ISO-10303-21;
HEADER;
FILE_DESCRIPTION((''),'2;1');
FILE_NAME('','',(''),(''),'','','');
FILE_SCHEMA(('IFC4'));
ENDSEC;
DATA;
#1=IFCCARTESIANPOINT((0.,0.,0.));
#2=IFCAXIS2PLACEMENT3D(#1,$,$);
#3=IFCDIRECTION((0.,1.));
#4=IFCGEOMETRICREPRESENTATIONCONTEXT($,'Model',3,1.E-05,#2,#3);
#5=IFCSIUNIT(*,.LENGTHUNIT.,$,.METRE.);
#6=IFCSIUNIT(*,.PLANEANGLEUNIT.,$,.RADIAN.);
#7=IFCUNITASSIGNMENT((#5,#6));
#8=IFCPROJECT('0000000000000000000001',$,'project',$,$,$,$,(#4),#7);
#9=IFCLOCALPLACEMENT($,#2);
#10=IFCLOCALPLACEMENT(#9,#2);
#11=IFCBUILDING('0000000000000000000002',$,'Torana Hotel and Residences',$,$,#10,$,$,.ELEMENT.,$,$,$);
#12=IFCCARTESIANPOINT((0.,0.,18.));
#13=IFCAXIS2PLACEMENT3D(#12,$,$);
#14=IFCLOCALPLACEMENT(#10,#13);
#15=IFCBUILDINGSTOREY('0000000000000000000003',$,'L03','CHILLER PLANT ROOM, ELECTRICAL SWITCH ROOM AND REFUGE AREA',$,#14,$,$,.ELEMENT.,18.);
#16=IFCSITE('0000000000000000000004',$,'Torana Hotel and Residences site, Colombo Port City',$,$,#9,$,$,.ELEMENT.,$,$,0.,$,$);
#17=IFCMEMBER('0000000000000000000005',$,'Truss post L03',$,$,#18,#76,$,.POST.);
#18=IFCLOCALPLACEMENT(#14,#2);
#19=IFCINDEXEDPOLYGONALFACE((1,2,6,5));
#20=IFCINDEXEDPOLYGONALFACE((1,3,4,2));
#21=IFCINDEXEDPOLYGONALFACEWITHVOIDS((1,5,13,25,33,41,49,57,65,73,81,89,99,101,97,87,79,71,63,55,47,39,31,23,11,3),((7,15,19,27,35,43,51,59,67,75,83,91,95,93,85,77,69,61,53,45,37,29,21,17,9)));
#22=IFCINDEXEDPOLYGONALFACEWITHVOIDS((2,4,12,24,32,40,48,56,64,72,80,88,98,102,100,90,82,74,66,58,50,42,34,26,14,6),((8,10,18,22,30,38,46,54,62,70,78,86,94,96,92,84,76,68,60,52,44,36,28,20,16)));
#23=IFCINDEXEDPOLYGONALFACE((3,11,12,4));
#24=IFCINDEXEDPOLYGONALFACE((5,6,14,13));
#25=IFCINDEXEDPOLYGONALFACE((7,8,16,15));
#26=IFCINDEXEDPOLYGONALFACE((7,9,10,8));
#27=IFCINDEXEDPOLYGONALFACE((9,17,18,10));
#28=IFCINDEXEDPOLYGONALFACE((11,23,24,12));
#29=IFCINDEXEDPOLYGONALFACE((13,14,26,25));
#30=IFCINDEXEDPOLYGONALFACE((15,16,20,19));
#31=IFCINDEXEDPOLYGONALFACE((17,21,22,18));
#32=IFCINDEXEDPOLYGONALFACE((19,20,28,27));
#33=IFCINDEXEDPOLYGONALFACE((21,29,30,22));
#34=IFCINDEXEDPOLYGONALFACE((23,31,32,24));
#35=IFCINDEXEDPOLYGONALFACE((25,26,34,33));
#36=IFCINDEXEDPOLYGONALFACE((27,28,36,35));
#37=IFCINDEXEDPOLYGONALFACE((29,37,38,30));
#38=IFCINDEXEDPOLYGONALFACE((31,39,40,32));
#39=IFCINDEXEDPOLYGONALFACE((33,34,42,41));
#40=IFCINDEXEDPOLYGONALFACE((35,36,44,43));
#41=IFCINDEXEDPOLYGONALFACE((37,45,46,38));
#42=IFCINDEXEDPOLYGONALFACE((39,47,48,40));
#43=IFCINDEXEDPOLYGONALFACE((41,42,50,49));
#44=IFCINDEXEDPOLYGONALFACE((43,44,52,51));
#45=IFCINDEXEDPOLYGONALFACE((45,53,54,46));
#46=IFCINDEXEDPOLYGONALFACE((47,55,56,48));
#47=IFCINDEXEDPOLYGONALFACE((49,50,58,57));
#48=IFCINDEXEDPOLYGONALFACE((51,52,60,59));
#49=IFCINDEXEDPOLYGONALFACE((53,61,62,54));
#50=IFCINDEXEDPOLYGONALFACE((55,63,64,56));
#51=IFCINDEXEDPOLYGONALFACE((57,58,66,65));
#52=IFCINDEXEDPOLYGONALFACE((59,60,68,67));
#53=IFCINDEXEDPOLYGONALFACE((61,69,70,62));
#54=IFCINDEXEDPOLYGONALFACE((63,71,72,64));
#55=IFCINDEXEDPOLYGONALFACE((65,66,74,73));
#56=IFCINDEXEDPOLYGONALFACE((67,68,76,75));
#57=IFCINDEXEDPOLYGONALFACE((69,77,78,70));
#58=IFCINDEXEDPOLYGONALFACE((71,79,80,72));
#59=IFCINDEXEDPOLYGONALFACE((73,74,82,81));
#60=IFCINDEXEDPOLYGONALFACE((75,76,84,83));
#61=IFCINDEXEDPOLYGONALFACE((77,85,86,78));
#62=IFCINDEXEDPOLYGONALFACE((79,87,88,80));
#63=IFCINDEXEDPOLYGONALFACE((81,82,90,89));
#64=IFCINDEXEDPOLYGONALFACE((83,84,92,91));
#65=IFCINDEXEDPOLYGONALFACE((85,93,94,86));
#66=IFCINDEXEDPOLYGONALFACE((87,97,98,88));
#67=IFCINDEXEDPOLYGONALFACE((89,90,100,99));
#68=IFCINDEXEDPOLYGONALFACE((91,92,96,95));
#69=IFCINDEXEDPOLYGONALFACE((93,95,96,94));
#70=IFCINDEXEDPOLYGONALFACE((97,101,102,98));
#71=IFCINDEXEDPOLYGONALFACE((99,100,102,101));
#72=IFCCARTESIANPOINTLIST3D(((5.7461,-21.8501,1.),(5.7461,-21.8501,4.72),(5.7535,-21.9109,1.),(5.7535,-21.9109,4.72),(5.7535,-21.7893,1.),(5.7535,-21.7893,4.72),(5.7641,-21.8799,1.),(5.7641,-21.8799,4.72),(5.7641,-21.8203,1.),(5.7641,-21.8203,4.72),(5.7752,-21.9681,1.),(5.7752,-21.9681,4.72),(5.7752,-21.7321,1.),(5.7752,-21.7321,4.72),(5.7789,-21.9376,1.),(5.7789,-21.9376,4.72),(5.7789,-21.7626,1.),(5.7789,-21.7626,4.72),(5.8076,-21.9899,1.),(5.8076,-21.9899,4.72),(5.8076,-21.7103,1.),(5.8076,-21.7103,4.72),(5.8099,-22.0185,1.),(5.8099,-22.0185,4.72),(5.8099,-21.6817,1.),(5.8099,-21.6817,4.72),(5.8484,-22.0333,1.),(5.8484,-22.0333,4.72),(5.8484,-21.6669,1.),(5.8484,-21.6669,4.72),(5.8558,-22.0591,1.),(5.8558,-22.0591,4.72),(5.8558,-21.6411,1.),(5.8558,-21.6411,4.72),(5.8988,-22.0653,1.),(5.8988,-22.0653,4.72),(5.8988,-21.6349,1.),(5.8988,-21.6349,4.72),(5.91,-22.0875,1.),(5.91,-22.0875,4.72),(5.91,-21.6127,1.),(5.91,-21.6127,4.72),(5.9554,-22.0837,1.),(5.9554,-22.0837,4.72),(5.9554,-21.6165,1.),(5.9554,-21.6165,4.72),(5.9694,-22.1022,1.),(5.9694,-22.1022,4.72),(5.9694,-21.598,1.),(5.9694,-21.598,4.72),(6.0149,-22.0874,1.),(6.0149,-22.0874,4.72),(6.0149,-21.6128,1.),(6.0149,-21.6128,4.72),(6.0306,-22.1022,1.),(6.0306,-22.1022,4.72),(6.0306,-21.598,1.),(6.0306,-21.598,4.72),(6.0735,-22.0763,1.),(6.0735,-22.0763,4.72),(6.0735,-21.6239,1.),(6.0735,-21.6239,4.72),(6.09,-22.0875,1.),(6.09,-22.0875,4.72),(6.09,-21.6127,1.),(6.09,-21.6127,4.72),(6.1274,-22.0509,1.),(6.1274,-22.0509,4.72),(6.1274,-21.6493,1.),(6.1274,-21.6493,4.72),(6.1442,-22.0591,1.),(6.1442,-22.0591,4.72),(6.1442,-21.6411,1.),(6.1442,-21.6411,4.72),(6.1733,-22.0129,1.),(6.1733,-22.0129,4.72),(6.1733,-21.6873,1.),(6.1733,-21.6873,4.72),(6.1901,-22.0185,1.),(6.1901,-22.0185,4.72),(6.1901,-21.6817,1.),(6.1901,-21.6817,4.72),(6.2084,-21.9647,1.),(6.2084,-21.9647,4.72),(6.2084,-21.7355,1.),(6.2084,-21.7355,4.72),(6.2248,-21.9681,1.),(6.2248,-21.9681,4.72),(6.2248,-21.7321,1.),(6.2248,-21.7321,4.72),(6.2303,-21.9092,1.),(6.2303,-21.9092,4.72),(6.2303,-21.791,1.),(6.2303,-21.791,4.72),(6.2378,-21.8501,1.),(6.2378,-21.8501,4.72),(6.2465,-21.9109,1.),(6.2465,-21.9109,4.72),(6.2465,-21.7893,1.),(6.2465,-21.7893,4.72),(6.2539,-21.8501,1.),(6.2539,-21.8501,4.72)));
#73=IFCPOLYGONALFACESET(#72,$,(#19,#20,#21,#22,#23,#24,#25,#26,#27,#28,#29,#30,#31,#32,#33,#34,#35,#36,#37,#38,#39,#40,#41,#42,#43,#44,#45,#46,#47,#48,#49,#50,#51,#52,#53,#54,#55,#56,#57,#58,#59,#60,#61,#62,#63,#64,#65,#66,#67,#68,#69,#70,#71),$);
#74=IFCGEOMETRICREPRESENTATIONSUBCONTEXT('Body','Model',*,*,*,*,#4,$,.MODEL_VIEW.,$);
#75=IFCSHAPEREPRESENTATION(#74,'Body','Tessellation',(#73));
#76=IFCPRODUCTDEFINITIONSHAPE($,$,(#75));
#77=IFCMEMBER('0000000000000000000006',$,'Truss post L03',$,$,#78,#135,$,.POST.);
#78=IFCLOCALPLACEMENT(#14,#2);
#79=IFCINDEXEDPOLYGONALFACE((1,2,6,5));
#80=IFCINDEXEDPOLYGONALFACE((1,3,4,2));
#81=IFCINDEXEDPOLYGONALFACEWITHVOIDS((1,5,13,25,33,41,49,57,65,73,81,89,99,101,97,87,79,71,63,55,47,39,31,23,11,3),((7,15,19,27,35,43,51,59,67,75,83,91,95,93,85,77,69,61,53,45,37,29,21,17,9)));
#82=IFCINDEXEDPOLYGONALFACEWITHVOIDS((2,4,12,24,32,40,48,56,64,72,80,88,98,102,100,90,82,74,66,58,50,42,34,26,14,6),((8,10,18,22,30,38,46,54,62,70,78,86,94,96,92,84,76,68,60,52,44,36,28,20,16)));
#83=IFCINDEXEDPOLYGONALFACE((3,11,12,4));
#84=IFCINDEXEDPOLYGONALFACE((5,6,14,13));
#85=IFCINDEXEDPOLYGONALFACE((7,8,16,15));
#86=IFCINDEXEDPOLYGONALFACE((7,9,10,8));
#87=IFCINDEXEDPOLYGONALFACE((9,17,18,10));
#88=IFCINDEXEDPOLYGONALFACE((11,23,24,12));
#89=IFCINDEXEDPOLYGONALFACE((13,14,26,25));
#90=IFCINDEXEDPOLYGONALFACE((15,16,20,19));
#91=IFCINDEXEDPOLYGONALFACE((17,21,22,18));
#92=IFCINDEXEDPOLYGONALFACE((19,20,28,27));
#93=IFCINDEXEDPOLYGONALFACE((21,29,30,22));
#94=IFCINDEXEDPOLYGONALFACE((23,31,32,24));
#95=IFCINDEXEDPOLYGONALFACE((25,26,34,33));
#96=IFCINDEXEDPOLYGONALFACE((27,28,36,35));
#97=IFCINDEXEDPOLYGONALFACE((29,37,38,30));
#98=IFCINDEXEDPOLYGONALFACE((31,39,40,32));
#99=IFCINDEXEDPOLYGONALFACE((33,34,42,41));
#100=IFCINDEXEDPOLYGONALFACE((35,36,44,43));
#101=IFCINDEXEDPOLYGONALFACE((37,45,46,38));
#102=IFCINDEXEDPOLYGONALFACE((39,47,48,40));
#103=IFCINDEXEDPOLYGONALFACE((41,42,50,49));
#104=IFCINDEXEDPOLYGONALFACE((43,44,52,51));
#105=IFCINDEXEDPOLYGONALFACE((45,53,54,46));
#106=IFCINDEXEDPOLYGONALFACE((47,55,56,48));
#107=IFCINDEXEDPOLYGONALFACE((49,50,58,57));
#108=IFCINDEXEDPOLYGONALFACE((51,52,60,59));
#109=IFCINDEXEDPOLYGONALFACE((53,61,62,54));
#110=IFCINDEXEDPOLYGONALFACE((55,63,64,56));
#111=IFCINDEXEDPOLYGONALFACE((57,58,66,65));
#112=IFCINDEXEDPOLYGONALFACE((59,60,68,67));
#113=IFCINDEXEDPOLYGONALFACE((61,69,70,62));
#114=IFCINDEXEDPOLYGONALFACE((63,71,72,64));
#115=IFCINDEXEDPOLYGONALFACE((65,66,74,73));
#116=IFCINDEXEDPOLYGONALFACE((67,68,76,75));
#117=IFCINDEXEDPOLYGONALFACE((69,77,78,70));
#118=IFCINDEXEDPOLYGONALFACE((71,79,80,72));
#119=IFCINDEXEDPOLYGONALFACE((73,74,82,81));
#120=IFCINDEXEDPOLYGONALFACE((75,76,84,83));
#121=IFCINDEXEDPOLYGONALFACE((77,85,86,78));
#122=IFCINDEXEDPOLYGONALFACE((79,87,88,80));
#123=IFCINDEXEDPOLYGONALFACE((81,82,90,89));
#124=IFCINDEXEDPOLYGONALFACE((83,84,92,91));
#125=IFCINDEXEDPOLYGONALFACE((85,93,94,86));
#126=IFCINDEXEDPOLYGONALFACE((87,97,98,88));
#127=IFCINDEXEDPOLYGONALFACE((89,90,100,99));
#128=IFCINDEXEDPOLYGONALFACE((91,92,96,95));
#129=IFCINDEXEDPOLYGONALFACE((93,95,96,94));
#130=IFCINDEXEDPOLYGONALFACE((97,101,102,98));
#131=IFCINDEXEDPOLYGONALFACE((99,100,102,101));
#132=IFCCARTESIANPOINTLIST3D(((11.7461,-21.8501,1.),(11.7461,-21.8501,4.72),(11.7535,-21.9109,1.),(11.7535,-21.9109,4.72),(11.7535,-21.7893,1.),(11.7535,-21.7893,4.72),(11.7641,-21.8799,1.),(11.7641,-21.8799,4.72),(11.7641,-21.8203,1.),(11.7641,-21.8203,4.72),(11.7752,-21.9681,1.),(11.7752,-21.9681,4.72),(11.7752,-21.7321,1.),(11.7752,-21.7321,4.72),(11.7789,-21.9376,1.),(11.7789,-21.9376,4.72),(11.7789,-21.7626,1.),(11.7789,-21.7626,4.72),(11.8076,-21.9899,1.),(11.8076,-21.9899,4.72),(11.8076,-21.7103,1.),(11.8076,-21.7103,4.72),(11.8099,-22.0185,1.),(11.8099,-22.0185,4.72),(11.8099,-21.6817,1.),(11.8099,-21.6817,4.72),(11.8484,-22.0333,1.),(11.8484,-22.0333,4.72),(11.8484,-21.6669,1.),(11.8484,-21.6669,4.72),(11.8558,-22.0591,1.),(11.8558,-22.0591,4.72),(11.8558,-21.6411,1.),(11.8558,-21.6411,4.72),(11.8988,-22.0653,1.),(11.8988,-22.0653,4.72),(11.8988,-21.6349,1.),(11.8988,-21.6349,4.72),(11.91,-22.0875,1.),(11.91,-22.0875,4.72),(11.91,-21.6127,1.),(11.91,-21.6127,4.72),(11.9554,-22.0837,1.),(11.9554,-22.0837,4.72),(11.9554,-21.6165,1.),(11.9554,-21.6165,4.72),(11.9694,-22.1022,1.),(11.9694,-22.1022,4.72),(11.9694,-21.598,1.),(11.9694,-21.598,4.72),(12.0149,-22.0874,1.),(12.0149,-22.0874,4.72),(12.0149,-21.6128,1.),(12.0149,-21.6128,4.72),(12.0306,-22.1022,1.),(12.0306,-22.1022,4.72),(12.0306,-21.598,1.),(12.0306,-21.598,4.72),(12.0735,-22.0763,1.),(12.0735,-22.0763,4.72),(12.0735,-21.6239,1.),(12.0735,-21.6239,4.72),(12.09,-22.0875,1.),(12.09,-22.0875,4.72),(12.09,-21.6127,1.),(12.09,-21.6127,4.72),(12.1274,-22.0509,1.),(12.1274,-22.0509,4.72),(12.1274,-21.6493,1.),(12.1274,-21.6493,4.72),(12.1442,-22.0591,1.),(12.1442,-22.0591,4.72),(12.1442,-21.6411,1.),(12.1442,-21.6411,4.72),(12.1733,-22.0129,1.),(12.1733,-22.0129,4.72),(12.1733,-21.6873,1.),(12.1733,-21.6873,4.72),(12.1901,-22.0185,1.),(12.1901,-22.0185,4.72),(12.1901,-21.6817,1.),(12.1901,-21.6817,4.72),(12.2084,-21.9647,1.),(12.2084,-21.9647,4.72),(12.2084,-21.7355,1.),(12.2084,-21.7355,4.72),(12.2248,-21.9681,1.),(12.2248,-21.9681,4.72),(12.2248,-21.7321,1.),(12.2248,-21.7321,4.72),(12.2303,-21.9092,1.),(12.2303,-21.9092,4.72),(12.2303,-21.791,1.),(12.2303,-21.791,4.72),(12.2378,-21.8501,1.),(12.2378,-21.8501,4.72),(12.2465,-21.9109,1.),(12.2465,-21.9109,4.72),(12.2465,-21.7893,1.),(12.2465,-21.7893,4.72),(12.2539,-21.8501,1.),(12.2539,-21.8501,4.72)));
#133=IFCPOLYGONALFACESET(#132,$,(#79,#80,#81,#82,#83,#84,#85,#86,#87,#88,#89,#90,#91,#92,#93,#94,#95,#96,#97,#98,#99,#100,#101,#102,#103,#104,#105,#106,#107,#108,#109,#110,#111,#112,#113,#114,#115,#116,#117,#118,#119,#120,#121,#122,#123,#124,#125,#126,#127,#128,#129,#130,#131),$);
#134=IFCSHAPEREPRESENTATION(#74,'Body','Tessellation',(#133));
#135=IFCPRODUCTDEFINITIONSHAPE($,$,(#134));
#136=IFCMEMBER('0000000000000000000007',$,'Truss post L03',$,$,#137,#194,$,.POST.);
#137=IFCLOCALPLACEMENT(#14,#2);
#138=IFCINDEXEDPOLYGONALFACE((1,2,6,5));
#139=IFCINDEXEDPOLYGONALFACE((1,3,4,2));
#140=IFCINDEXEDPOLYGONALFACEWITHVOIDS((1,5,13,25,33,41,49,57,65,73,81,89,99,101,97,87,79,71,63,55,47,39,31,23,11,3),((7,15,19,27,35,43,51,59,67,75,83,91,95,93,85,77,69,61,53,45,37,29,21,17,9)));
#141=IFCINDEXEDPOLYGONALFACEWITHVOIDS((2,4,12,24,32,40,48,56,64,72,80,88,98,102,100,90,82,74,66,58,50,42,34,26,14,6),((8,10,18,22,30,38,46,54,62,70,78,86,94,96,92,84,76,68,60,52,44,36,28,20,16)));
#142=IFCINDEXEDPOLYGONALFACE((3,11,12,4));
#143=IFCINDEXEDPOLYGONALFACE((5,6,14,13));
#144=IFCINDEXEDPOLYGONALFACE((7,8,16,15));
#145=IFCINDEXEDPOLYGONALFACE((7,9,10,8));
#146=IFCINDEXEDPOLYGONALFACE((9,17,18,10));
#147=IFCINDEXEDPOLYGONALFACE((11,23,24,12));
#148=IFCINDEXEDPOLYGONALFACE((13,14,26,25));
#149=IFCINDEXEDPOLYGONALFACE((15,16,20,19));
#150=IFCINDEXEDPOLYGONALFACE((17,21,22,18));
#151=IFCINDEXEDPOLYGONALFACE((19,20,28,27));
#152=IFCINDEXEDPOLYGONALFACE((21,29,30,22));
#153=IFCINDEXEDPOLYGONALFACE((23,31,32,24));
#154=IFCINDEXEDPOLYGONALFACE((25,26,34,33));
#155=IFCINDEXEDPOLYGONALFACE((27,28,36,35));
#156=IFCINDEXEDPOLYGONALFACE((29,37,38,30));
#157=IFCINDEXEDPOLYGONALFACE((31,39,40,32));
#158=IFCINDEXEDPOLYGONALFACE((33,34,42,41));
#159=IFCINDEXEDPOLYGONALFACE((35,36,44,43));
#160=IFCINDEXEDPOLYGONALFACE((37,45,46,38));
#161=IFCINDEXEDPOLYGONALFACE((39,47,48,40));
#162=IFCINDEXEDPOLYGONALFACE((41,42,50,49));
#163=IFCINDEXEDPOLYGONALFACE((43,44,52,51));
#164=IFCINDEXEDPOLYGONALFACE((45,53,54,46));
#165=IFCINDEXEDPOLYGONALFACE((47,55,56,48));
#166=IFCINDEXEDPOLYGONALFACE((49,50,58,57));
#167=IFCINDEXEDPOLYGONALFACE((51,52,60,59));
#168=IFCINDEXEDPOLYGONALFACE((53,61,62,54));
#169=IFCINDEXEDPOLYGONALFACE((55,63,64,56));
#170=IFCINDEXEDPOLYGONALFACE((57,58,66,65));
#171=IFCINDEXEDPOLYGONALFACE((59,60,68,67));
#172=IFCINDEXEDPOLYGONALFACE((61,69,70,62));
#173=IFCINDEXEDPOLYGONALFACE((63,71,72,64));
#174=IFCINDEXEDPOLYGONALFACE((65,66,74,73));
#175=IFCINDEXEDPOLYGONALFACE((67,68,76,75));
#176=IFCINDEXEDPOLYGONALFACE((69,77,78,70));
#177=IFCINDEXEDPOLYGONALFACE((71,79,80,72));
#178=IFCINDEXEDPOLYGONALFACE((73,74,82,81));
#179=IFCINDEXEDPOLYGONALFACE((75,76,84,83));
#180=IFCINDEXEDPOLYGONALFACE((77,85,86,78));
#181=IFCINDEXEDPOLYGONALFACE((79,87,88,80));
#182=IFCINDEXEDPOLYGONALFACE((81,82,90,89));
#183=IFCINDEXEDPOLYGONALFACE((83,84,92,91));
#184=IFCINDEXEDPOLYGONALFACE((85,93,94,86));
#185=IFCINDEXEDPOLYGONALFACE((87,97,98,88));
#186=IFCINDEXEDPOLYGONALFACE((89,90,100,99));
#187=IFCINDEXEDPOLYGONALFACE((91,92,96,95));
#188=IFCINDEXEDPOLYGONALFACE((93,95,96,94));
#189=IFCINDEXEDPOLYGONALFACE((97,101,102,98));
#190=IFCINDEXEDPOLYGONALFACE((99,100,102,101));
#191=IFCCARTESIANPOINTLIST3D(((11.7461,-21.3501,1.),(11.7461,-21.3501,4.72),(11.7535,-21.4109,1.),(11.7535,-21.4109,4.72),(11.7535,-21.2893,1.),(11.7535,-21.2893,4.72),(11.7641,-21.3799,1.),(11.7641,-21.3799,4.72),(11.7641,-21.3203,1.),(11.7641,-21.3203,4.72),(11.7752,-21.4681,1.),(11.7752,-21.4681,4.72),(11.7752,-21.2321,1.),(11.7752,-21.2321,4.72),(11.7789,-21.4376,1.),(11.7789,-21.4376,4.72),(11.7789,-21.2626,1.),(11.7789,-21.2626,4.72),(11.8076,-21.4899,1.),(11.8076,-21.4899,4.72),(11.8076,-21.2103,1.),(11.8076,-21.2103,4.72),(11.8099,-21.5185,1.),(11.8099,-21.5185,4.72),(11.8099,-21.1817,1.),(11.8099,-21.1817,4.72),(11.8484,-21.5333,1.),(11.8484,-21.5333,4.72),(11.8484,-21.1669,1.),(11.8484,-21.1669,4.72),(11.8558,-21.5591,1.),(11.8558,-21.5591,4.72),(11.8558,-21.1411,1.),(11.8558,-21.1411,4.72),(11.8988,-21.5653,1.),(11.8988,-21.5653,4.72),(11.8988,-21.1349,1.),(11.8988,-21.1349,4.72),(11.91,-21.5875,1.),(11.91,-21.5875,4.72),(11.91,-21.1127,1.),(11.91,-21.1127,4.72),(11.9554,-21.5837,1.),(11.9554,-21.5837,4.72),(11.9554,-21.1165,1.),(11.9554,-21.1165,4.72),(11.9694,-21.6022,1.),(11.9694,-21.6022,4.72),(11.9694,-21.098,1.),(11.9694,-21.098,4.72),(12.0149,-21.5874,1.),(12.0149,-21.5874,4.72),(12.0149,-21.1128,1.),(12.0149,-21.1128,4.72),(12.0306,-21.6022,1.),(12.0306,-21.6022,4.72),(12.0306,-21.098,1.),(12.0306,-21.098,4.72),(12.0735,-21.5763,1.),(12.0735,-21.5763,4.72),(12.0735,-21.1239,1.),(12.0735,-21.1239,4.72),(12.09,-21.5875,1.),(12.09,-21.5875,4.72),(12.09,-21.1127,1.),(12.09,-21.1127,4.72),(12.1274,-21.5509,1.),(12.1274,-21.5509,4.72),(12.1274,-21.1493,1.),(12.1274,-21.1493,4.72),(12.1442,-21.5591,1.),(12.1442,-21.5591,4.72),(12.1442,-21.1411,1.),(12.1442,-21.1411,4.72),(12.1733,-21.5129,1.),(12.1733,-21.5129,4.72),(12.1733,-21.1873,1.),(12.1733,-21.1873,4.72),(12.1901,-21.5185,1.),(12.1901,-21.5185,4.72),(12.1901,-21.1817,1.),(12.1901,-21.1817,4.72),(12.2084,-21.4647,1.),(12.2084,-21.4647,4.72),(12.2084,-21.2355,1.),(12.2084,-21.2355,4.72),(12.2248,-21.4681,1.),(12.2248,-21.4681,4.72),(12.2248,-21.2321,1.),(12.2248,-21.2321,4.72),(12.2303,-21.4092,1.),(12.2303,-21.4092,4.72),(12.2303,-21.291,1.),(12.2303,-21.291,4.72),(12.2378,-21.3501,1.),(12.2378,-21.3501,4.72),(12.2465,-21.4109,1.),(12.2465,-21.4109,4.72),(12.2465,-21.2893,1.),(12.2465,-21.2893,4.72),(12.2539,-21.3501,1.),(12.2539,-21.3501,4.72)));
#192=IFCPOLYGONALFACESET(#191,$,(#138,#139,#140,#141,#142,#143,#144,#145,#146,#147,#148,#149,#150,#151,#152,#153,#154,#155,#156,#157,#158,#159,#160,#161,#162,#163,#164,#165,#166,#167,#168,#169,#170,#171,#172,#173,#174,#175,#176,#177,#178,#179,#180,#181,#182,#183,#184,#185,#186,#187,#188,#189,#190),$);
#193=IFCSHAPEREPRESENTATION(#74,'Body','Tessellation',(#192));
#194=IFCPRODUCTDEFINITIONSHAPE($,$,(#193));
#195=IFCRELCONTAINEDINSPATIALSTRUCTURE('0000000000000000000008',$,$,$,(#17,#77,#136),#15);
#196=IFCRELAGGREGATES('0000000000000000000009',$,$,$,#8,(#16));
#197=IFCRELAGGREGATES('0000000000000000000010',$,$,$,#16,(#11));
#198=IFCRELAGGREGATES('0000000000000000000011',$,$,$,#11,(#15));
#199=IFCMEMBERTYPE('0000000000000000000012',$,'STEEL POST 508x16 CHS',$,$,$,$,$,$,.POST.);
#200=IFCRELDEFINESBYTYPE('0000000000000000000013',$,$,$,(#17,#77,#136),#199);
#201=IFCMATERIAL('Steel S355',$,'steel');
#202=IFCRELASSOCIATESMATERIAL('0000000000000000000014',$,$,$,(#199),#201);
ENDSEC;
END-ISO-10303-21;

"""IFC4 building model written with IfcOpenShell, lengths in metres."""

from ifc_helpers import new_model, si_unit, direction, frame, origin, origin_2d, place, context, subcontext, project, spatial, hollow_circle, extrude, material, material_profile, profile_set, type_object, element, save


model = new_model("IFC4")

# Units and contexts
model_context = context("Model", 3, precision=1e-05, world=origin(), true_north=direction((0.0, 1.0)))
body_context = subcontext(model_context, "Body", "Model", "MODEL_VIEW")
ifc_project = project(units=[si_unit("LENGTHUNIT", "METRE"), si_unit("PLANEANGLEUNIT", "RADIAN")], contexts=[model_context])

# Site, building, storey
site_placement = place(None, origin())
site = spatial("IfcSite", under=ifc_project, at=site_placement, Name="Torana Hotel and Residences site, Colombo Port City", CompositionType="ELEMENT", RefElevation=0.0)
building_placement = place(site_placement, origin())
building = spatial("IfcBuilding", under=site, at=building_placement, Name="Torana Hotel and Residences", CompositionType="ELEMENT")
storey_placement = place(building_placement, frame((0.0, 0.0, 18.0)))
storey = spatial("IfcBuildingStorey", under=building, at=storey_placement, Name="L03", Description="CHILLER PLANT ROOM, ELECTRICAL SWITCH ROOM AND REFUGE AREA", CompositionType="ELEMENT", Elevation=18.0)

# Members
ifc_material_1 = material(Name="Steel S355", Category="steel")
ifc_material_profile_1 = material_profile(ifc_material_1, hollow_circle(Radius=0.2539, WallThickness=0.0161, at=origin_2d()), Name="508x16 CHS")
ifc_profile_set_1 = profile_set([ifc_material_profile_1], Name="Steel S355")
member_type_1 = type_object("IfcMemberType", Name="STEEL POST 508x16 CHS", PredefinedType="POST", material=ifc_profile_set_1)
for number, where, z_axis, x_axis, name in (
    (1, (6.0, -21.8501, 1.0), (0.0, 0.0, 1.0), (1.0, 0.0, 0.0), "Truss post L03"),
    (2, (12.0, -21.8501, 1.0), (0.0, 0.0, 1.0), (1.0, 0.0, 0.0), "Truss post L03"),
    (3, (12.0, -21.3501, 1.0), (0.0, 0.0, 1.0), (1.0, 0.0, 0.0), "Truss post L03"),
):
    element("IfcMember", number, at=place(storey_placement, frame(where, z_axis=z_axis, x_axis=x_axis)), inside=storey, type_object=member_type_1, Name=name, PredefinedType="POST", context=body_context, shape_type="SweptSolid", body=[
        extrude(hollow_circle(Radius=0.2539, WallThickness=0.0161, at=origin_2d()), origin(), (0.0, 0.0, 1.0), 3.72),
    ])

save(model, "model.ifc")
